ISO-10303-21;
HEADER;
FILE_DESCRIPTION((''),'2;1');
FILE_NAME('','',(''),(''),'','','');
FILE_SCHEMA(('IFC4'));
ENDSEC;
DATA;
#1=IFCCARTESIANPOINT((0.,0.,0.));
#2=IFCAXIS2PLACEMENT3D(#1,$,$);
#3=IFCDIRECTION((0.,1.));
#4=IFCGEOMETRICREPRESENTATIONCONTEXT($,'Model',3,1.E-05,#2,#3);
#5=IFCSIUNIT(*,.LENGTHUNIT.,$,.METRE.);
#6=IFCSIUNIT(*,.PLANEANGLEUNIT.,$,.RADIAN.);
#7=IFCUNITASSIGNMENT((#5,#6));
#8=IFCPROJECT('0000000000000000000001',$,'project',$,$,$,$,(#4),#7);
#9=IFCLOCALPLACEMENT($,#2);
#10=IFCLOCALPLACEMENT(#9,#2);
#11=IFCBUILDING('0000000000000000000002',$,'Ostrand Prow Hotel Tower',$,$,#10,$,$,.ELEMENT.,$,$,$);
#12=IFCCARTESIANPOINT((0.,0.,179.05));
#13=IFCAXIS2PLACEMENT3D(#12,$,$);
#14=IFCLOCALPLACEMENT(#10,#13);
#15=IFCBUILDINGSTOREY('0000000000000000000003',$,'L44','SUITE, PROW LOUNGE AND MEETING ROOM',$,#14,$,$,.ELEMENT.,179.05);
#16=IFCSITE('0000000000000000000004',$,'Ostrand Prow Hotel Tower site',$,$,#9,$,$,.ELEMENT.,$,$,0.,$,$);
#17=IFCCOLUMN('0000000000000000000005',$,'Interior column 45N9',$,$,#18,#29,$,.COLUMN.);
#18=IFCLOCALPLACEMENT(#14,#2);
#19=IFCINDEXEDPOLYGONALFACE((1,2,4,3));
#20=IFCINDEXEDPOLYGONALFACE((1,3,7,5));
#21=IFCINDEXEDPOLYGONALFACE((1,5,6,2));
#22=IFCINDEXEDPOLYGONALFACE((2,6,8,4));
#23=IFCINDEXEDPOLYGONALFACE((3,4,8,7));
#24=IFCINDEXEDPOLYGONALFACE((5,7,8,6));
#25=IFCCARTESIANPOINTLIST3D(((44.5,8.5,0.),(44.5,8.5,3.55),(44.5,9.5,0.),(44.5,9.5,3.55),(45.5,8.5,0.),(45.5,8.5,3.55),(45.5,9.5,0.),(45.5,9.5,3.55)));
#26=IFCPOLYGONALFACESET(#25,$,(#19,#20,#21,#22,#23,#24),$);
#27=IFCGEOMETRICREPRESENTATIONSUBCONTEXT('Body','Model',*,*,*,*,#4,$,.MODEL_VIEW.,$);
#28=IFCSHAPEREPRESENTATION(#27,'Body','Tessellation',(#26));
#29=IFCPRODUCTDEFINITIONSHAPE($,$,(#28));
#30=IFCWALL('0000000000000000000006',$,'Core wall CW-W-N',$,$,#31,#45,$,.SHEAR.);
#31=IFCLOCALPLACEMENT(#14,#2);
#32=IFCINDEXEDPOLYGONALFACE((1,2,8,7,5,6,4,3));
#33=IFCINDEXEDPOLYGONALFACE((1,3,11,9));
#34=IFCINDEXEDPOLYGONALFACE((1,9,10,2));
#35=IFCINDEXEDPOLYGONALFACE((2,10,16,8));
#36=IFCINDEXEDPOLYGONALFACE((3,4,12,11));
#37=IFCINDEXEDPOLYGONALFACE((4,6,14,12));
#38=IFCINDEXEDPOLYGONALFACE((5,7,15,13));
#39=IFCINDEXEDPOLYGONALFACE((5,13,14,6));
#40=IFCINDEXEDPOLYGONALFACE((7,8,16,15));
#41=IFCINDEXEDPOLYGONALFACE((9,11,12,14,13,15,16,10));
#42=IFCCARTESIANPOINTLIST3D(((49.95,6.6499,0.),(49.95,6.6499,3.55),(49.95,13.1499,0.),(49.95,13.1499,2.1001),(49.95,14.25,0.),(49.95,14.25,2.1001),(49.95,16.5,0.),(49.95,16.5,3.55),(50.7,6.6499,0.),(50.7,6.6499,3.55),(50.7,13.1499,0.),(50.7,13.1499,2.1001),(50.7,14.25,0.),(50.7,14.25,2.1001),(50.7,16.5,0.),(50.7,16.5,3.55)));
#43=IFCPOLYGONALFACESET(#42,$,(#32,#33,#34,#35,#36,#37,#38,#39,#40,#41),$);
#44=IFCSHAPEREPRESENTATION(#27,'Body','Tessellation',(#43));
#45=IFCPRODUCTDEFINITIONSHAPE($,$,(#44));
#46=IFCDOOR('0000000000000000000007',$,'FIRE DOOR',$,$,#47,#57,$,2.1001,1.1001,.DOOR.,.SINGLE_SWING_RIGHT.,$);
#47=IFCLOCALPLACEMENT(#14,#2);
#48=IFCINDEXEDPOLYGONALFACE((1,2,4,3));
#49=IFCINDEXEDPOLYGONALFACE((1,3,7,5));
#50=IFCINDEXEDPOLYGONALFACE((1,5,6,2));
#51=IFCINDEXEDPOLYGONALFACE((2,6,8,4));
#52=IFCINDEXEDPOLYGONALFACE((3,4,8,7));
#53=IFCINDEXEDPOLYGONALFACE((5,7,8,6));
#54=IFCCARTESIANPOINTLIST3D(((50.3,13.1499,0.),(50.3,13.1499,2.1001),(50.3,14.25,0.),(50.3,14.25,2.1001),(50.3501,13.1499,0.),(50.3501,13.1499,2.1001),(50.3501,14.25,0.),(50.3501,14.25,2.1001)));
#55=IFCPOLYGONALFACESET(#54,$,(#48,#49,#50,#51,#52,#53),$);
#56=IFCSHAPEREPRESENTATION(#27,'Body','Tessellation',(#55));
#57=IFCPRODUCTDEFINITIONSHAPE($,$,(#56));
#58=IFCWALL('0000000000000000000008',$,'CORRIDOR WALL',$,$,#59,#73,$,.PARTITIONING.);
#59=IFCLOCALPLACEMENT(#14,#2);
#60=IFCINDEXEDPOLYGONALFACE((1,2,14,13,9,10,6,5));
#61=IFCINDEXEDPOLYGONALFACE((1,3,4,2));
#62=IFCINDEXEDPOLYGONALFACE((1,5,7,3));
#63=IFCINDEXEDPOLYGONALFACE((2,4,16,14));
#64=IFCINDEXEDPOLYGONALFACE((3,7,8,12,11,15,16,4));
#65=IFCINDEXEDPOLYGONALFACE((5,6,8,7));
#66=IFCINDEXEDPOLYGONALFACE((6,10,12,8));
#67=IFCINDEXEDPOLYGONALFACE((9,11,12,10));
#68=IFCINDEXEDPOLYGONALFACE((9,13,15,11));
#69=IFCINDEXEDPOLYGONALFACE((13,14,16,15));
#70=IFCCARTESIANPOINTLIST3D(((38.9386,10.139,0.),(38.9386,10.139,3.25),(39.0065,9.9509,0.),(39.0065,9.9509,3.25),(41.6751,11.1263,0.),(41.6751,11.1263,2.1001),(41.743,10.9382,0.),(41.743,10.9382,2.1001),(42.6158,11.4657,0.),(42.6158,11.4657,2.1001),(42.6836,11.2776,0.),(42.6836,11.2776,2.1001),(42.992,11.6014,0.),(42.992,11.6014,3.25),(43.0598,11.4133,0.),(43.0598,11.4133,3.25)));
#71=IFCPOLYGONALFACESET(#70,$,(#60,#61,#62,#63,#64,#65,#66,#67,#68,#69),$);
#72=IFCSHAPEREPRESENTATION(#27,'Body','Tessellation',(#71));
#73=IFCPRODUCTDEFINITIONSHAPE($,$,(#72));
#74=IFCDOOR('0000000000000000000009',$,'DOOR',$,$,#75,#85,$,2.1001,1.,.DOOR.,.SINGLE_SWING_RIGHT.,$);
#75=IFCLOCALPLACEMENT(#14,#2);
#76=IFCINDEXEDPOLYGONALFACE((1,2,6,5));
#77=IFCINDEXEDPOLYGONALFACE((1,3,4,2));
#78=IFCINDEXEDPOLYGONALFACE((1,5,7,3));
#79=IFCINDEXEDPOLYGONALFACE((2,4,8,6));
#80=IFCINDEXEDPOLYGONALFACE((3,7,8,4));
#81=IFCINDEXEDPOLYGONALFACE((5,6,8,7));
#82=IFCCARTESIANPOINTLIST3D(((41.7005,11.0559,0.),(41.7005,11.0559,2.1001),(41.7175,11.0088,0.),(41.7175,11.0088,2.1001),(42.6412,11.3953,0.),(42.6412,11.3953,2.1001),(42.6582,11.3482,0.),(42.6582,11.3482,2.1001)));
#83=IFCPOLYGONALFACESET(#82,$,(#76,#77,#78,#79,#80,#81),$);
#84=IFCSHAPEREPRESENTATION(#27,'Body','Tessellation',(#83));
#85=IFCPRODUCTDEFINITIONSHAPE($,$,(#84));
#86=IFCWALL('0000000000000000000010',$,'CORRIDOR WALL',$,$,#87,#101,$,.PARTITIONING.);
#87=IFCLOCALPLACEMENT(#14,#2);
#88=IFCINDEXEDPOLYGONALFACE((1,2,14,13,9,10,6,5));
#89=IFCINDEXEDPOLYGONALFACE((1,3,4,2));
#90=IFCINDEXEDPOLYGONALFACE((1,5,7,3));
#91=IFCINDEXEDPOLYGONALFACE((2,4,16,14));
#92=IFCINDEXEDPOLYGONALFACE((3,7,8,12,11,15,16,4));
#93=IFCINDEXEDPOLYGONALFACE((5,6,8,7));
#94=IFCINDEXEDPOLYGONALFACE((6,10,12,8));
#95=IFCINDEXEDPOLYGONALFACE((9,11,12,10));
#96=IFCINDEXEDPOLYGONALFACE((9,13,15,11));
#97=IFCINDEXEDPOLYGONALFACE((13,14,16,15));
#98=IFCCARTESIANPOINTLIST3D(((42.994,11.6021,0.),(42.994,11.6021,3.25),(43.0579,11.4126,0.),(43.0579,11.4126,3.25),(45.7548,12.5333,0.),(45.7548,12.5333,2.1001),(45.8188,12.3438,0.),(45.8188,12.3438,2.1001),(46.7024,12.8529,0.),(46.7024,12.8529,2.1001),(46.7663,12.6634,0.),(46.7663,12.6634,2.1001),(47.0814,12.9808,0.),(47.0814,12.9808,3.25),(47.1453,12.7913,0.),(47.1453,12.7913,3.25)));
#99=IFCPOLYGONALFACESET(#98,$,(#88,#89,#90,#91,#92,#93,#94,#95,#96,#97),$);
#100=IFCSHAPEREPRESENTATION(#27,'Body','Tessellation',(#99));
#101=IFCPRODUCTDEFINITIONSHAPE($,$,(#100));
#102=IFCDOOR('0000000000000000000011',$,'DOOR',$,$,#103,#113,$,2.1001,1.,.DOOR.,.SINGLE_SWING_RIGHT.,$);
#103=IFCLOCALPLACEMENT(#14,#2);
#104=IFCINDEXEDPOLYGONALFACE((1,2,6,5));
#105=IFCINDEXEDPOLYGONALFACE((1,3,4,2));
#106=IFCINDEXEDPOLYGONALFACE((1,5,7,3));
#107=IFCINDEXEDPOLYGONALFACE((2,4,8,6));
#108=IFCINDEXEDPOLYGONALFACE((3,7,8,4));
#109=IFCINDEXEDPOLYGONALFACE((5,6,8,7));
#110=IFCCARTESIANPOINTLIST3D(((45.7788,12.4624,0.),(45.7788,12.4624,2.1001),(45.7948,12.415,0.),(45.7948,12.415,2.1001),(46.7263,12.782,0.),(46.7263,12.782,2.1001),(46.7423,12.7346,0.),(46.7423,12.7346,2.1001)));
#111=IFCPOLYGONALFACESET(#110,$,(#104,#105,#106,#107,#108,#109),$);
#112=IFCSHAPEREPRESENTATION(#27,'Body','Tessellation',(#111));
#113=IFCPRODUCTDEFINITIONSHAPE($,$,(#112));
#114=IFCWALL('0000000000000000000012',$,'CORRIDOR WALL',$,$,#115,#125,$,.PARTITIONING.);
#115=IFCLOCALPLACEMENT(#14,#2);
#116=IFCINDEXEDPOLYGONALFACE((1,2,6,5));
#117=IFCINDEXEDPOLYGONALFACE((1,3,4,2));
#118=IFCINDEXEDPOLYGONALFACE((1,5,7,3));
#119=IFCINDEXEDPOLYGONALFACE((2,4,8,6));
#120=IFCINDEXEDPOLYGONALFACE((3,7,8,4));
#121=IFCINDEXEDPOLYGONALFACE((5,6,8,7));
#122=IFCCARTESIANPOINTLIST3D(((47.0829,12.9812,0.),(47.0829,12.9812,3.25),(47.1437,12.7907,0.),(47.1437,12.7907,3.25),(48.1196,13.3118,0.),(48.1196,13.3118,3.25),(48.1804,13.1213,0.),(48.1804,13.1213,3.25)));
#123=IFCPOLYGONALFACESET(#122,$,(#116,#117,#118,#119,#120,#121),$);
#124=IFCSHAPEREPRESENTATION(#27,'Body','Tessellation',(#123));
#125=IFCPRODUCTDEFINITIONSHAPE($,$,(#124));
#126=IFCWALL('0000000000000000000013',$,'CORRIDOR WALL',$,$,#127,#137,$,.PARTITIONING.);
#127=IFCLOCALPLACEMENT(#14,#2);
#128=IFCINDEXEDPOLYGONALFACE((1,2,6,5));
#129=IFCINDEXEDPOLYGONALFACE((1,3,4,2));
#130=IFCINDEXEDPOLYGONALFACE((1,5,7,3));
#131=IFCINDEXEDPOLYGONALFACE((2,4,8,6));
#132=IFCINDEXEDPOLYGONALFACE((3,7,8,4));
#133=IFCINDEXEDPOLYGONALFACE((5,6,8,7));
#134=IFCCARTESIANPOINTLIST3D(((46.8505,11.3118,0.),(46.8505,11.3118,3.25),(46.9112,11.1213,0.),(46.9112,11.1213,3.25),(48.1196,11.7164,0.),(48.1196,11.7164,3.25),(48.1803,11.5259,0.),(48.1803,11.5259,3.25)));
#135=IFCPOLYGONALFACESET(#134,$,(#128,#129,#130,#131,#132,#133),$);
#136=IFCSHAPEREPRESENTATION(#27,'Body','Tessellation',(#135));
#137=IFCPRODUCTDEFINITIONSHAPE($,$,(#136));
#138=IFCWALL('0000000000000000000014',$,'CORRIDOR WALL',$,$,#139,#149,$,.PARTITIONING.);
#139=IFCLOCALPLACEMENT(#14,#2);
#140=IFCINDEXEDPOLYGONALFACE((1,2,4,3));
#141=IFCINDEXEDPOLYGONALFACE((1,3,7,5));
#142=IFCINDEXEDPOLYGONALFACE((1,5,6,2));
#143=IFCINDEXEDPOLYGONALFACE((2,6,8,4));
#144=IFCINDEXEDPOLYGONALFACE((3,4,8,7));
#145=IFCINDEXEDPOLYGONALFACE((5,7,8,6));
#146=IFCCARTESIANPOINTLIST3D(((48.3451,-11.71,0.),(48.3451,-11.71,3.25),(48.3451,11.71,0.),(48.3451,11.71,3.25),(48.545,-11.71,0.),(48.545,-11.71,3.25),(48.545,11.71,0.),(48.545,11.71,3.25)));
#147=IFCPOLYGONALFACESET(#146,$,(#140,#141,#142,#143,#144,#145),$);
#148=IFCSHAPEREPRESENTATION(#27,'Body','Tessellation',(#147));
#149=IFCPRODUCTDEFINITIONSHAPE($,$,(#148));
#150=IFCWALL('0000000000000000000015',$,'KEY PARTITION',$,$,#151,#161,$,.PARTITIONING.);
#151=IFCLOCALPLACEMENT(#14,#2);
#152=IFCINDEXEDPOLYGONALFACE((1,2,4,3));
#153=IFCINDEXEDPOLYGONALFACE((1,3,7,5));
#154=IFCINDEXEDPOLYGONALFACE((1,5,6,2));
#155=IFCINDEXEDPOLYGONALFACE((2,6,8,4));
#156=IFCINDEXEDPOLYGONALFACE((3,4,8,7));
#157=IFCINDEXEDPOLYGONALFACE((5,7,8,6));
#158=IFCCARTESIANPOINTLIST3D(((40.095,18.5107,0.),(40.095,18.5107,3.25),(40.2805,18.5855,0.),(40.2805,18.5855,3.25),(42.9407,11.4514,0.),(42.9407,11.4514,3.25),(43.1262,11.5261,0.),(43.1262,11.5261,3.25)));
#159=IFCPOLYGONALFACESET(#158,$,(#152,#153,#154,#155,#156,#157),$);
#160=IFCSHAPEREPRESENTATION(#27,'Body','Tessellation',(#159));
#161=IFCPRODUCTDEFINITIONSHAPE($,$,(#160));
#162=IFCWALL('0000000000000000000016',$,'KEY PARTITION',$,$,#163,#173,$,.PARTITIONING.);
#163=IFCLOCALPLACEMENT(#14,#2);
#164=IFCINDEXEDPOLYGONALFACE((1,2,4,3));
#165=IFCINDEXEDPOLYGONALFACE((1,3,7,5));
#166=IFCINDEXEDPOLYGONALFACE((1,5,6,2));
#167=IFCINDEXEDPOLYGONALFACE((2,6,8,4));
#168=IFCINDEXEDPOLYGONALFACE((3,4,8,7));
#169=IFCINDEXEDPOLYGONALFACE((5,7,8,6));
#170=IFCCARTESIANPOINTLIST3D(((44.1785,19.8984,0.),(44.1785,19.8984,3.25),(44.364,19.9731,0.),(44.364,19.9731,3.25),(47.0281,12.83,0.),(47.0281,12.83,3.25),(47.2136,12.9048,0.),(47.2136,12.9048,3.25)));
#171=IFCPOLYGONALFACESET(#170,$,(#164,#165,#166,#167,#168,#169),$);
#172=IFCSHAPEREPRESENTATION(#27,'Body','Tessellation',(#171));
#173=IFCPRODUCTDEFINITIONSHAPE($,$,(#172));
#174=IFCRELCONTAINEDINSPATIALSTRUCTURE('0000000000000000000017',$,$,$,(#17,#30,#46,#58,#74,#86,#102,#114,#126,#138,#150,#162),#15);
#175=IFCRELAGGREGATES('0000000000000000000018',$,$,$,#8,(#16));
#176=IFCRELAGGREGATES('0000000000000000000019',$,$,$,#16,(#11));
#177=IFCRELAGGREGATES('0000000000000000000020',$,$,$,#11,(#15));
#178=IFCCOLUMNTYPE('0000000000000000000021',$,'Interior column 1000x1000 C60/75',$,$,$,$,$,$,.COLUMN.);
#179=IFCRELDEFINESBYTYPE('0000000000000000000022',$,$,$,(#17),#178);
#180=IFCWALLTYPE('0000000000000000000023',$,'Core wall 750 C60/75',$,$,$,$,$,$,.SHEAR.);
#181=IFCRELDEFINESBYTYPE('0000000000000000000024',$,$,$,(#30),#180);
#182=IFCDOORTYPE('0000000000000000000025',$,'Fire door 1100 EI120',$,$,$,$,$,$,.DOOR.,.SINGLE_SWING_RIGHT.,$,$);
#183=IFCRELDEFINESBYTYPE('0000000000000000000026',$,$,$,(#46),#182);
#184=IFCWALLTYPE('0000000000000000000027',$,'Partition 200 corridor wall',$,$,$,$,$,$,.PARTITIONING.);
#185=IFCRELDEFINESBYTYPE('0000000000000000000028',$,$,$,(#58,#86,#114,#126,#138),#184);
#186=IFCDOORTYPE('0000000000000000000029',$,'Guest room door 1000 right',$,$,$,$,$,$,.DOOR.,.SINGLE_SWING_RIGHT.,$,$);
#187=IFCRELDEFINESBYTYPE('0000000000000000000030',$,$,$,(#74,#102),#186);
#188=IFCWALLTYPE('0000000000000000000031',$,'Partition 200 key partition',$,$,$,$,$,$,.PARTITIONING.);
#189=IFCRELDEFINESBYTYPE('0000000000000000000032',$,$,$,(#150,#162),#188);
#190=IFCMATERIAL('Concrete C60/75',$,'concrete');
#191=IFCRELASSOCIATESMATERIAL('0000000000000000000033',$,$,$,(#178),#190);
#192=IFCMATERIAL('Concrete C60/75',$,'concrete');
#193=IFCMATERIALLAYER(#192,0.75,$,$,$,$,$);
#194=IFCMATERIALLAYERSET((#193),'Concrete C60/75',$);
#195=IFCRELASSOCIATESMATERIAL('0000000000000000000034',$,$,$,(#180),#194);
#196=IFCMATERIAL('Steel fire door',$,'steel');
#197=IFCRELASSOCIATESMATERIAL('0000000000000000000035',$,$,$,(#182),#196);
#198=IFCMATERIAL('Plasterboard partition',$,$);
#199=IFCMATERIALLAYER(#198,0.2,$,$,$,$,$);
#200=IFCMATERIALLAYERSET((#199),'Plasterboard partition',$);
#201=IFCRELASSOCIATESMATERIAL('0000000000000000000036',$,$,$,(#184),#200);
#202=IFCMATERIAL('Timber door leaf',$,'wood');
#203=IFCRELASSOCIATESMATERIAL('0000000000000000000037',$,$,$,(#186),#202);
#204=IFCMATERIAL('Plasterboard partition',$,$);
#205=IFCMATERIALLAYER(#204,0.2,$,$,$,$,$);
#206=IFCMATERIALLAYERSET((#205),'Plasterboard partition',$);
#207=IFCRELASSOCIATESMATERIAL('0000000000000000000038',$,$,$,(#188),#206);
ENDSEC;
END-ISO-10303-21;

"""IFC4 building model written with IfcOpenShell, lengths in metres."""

from ifc_helpers import new_model, si_unit, direction, frame, frame_2d, origin, origin_2d, place, context, subcontext, project, spatial, rectangle, extrude, material, layer, layer_set, material_profile, profile_set, type_object, element, fill, save


model = new_model("IFC4")

# Units and contexts
model_context = context("Model", 3, precision=1e-05, world=origin(), true_north=direction((0.0, 1.0)))
body_context = subcontext(model_context, "Body", "Model", "MODEL_VIEW")
ifc_project = project(units=[si_unit("LENGTHUNIT", "METRE"), si_unit("PLANEANGLEUNIT", "RADIAN")], contexts=[model_context])

# Site, building, storey
site_placement = place(None, origin())
site = spatial("IfcSite", under=ifc_project, at=site_placement, Name="Ostrand Prow Hotel Tower site", CompositionType="ELEMENT", RefElevation=0.0)
building_placement = place(site_placement, origin())
building = spatial("IfcBuilding", under=site, at=building_placement, Name="Ostrand Prow Hotel Tower", CompositionType="ELEMENT")
storey_placement = place(building_placement, frame((0.0, 0.0, 179.05)))
storey = spatial("IfcBuildingStorey", under=building, at=storey_placement, Name="L44", Description="SUITE, PROW LOUNGE AND MEETING ROOM", CompositionType="ELEMENT", Elevation=179.05)

# Column
ifc_material_1 = material(Name="Concrete C60/75", Category="concrete")
ifc_material_profile = material_profile(ifc_material_1, rectangle(XDim=1.0, YDim=1.0, at=origin_2d()), Name="RC 1000x1000")
ifc_profile_set = profile_set([ifc_material_profile], Name="Concrete C60/75")
column_type = type_object("IfcColumnType", Name="Interior column 1000x1000 C60/75", PredefinedType="COLUMN", material=ifc_profile_set)
column_placement = place(storey_placement, frame((45.0, 9.0, 0.0), z_axis=(0.0, 0.0, 1.0), x_axis=(1.0, 0.0, 0.0)))
element("IfcColumn", 1, at=column_placement, inside=storey, type_object=column_type, Name="Interior column 45N9", PredefinedType="COLUMN", context=body_context, shape_type="SweptSolid", body=[
    extrude(rectangle(XDim=1.0, YDim=1.0, at=origin_2d()), origin(), (0.0, 0.0, 1.0), 3.55),
])

# Walls, openings, doors
ifc_material_2 = material(Name="Concrete C60/75", Category="concrete")
ifc_layer_1 = layer(ifc_material_2, 0.75)
ifc_layer_set_1 = layer_set([ifc_layer_1], Name="Concrete C60/75")
wall_type_1 = type_object("IfcWallType", Name="Core wall 750 C60/75", PredefinedType="SHEAR", material=ifc_layer_set_1)
wall_1_placement = place(storey_placement, frame((50.325, 6.6499, 0.0), z_axis=(0.0, 0.0, 1.0), x_axis=(0.0, 1.0, 0.0)))
wall_1 = element("IfcWall", 2, at=wall_1_placement, inside=storey, type_object=wall_type_1, Name="Core wall CW-W-N", PredefinedType="SHEAR", context=body_context, shape_type="SweptSolid", body=[
    extrude(rectangle(XDim=9.8501, YDim=0.75, at=frame_2d((4.925, 0.0))), origin(), (0.0, 0.0, 1.0), 3.55),
])
opening_1_placement = place(wall_1_placement, frame((6.5, 0.0, 0.0)))
opening_1 = element("IfcOpeningElement", 3, at=opening_1_placement, cuts=wall_1, PredefinedType="OPENING", context=body_context, shape_type="SweptSolid", body=[
    extrude(rectangle(XDim=1.1001, YDim=2.1001, at=frame_2d((0.55, 1.05))), frame((0.0, 0.385, 0.0), z_axis=(0.0, -1.0, 0.0), x_axis=(1.0, 0.0, 0.0)), (0.0, 0.0, 1.0), 0.77),
])
ifc_material_3 = material(Name="Steel fire door", Category="steel")
door_type_1 = type_object("IfcDoorType", Name="Fire door 1100 EI120", OperationType="SINGLE_SWING_RIGHT", PredefinedType="DOOR", material=ifc_material_3)
door_1_placement = place(opening_1_placement, origin())
door_1 = element("IfcDoor", 4, at=door_1_placement, inside=storey, type_object=door_type_1, Name="FIRE DOOR", OperationType="SINGLE_SWING_RIGHT", OverallHeight=2.1001, OverallWidth=1.1001, PredefinedType="DOOR", context=body_context, shape_type="SweptSolid", body=[
    extrude(rectangle(XDim=1.1001, YDim=2.1001, at=frame_2d((0.55, 1.05))), frame((0.0, 0.0249, 0.0), z_axis=(0.0, -1.0, 0.0), x_axis=(1.0, 0.0, 0.0)), (0.0, 0.0, 1.0), 0.05),
])
fill(opening_1, door_1)
ifc_material_4 = material(Name="Plasterboard partition")
ifc_layer_2 = layer(ifc_material_4, 0.2)
ifc_layer_set_2 = layer_set([ifc_layer_2], Name="Plasterboard partition")
wall_type_2 = type_object("IfcWallType", Name="Partition 200 corridor wall", PredefinedType="PARTITIONING", material=ifc_layer_set_2)
wall_2_placement = place(storey_placement, frame((43.0259, 11.5073, 0.0), z_axis=(0.0, 0.0, 1.0), x_axis=(-0.940654, -0.339367, 0.0)))
wall_2 = element("IfcWall", 5, at=wall_2_placement, inside=storey, type_object=wall_type_2, Name="CORRIDOR WALL", PredefinedType="PARTITIONING", context=body_context, shape_type="SweptSolid", body=[
    extrude(rectangle(XDim=4.3091, YDim=0.2, at=frame_2d((2.1545, 0.0))), origin(), (0.0, 0.0, 1.0), 3.25),
])
opening_2_placement = place(wall_2_placement, frame((0.3999, 0.0, 0.0)))
opening_2 = element("IfcOpeningElement", 6, at=opening_2_placement, cuts=wall_2, PredefinedType="OPENING", context=body_context, shape_type="SweptSolid", body=[
    extrude(rectangle(XDim=1.0, YDim=2.1001, at=frame_2d((0.5, 1.05))), frame((0.0, 0.1099, 0.0), z_axis=(0.0, -1.0, 0.0), x_axis=(1.0, 0.0, 0.0)), (0.0, 0.0, 1.0), 0.22),
])
ifc_material_5 = material(Name="Timber door leaf", Category="wood")
door_type_2 = type_object("IfcDoorType", Name="Guest room door 1000 right", OperationType="SINGLE_SWING_RIGHT", PredefinedType="DOOR", material=ifc_material_5)
door_2_placement = place(opening_2_placement, origin())
door_2 = element("IfcDoor", 7, at=door_2_placement, inside=storey, type_object=door_type_2, Name="DOOR", OperationType="SINGLE_SWING_RIGHT", OverallHeight=2.1001, OverallWidth=1.0, PredefinedType="DOOR", context=body_context, shape_type="SweptSolid", body=[
    extrude(rectangle(XDim=1.0, YDim=2.1001, at=frame_2d((0.5, 1.05))), frame((0.0, 0.0249, 0.0), z_axis=(0.0, -1.0, 0.0), x_axis=(1.0, 0.0, 0.0)), (0.0, 0.0, 1.0), 0.05),
])
fill(opening_2, door_2)
wall_3_placement = place(storey_placement, frame((47.1133, 12.886, 0.0), z_axis=(0.0, 0.0, 1.0), x_axis=(-0.947551, -0.319605, 0.0)))
wall_3 = element("IfcWall", 8, at=wall_3_placement, inside=storey, type_object=wall_type_2, Name="CORRIDOR WALL", PredefinedType="PARTITIONING", context=body_context, shape_type="SweptSolid", body=[
    extrude(rectangle(XDim=4.3137, YDim=0.2, at=frame_2d((2.1567, 0.0))), origin(), (0.0, 0.0, 1.0), 3.25),
])
opening_3_placement = place(wall_3_placement, frame((0.3999, 0.0, 0.0)))
opening_3 = element("IfcOpeningElement", 9, at=opening_3_placement, cuts=wall_3, PredefinedType="OPENING", context=body_context, shape_type="SweptSolid", body=[
    extrude(rectangle(XDim=1.0, YDim=2.1001, at=frame_2d((0.5, 1.05))), frame((0.0, 0.1099, 0.0), z_axis=(0.0, -1.0, 0.0), x_axis=(1.0, 0.0, 0.0)), (0.0, 0.0, 1.0), 0.22),
])
door_3_placement = place(opening_3_placement, origin())
door_3 = element("IfcDoor", 10, at=door_3_placement, inside=storey, type_object=door_type_2, Name="DOOR", OperationType="SINGLE_SWING_RIGHT", OverallHeight=2.1001, OverallWidth=1.0, PredefinedType="DOOR", context=body_context, shape_type="SweptSolid", body=[
    extrude(rectangle(XDim=1.0, YDim=2.1001, at=frame_2d((0.5, 1.05))), frame((0.0, 0.0249, 0.0), z_axis=(0.0, -1.0, 0.0), x_axis=(1.0, 0.0, 0.0)), (0.0, 0.0, 1.0), 0.05),
])
fill(opening_3, door_3)

# Walls
wall_4_placement = place(storey_placement, frame((48.1499, 13.2166, 0.0), z_axis=(0.0, 0.0, 1.0), x_axis=(-0.952731, -0.303815, 0.0)))
element("IfcWall", 11, at=wall_4_placement, inside=storey, type_object=wall_type_2, Name="CORRIDOR WALL", PredefinedType="PARTITIONING", context=body_context, shape_type="SweptSolid", body=[
    extrude(rectangle(XDim=1.0881, YDim=0.2, at=frame_2d((0.5439, 0.0))), origin(), (0.0, 0.0, 1.0), 3.25),
])
wall_5_placement = place(storey_placement, frame((46.8809, 11.2166, 0.0), z_axis=(0.0, 0.0, 1.0), x_axis=(0.952762, 0.303718, 0.0)))
element("IfcWall", 12, at=wall_5_placement, inside=storey, type_object=wall_type_2, Name="CORRIDOR WALL", PredefinedType="PARTITIONING", context=body_context, shape_type="SweptSolid", body=[
    extrude(rectangle(XDim=1.332, YDim=0.2, at=frame_2d((0.666, 0.0))), origin(), (0.0, 0.0, 1.0), 3.25),
])
wall_6_placement = place(storey_placement, frame((48.4451, 11.71, 0.0), z_axis=(0.0, 0.0, 1.0), x_axis=(0.0, -1.0, 0.0)))
element("IfcWall", 13, at=wall_6_placement, inside=storey, type_object=wall_type_2, Name="CORRIDOR WALL", PredefinedType="PARTITIONING", context=body_context, shape_type="SweptSolid", body=[
    extrude(rectangle(XDim=23.4199, YDim=0.2, at=frame_2d((11.71, 0.0))), origin(), (0.0, 0.0, 1.0), 3.25),
])
ifc_material_6 = material(Name="Plasterboard partition")
ifc_layer_3 = layer(ifc_material_6, 0.2)
ifc_layer_set_3 = layer_set([ifc_layer_3], Name="Plasterboard partition")
wall_type_3 = type_object("IfcWallType", Name="Partition 200 key partition", PredefinedType="PARTITIONING", material=ifc_layer_set_3)
wall_7_placement = place(storey_placement, frame((43.0334, 11.4888, 0.0), z_axis=(0.0, 0.0, 1.0), x_axis=(-0.373878, 0.927478, 0.0)))
element("IfcWall", 14, at=wall_7_placement, inside=storey, type_object=wall_type_3, Name="KEY PARTITION", PredefinedType="PARTITIONING", context=body_context, shape_type="SweptSolid", body=[
    extrude(rectangle(XDim=7.6113, YDim=0.2, at=frame_2d((3.8057, 0.0))), origin(), (0.0, 0.0, 1.0), 3.25),
])
wall_8_placement = place(storey_placement, frame((47.1208, 12.8674, 0.0), z_axis=(0.0, 0.0, 1.0), x_axis=(-0.373908, 0.927466, 0.0)))
element("IfcWall", 15, at=wall_8_placement, inside=storey, type_object=wall_type_3, Name="KEY PARTITION", PredefinedType="PARTITIONING", context=body_context, shape_type="SweptSolid", body=[
    extrude(rectangle(XDim=7.6211, YDim=0.2, at=frame_2d((3.8105, 0.0))), origin(), (0.0, 0.0, 1.0), 3.25),
])

save(model, "model.ifc")
